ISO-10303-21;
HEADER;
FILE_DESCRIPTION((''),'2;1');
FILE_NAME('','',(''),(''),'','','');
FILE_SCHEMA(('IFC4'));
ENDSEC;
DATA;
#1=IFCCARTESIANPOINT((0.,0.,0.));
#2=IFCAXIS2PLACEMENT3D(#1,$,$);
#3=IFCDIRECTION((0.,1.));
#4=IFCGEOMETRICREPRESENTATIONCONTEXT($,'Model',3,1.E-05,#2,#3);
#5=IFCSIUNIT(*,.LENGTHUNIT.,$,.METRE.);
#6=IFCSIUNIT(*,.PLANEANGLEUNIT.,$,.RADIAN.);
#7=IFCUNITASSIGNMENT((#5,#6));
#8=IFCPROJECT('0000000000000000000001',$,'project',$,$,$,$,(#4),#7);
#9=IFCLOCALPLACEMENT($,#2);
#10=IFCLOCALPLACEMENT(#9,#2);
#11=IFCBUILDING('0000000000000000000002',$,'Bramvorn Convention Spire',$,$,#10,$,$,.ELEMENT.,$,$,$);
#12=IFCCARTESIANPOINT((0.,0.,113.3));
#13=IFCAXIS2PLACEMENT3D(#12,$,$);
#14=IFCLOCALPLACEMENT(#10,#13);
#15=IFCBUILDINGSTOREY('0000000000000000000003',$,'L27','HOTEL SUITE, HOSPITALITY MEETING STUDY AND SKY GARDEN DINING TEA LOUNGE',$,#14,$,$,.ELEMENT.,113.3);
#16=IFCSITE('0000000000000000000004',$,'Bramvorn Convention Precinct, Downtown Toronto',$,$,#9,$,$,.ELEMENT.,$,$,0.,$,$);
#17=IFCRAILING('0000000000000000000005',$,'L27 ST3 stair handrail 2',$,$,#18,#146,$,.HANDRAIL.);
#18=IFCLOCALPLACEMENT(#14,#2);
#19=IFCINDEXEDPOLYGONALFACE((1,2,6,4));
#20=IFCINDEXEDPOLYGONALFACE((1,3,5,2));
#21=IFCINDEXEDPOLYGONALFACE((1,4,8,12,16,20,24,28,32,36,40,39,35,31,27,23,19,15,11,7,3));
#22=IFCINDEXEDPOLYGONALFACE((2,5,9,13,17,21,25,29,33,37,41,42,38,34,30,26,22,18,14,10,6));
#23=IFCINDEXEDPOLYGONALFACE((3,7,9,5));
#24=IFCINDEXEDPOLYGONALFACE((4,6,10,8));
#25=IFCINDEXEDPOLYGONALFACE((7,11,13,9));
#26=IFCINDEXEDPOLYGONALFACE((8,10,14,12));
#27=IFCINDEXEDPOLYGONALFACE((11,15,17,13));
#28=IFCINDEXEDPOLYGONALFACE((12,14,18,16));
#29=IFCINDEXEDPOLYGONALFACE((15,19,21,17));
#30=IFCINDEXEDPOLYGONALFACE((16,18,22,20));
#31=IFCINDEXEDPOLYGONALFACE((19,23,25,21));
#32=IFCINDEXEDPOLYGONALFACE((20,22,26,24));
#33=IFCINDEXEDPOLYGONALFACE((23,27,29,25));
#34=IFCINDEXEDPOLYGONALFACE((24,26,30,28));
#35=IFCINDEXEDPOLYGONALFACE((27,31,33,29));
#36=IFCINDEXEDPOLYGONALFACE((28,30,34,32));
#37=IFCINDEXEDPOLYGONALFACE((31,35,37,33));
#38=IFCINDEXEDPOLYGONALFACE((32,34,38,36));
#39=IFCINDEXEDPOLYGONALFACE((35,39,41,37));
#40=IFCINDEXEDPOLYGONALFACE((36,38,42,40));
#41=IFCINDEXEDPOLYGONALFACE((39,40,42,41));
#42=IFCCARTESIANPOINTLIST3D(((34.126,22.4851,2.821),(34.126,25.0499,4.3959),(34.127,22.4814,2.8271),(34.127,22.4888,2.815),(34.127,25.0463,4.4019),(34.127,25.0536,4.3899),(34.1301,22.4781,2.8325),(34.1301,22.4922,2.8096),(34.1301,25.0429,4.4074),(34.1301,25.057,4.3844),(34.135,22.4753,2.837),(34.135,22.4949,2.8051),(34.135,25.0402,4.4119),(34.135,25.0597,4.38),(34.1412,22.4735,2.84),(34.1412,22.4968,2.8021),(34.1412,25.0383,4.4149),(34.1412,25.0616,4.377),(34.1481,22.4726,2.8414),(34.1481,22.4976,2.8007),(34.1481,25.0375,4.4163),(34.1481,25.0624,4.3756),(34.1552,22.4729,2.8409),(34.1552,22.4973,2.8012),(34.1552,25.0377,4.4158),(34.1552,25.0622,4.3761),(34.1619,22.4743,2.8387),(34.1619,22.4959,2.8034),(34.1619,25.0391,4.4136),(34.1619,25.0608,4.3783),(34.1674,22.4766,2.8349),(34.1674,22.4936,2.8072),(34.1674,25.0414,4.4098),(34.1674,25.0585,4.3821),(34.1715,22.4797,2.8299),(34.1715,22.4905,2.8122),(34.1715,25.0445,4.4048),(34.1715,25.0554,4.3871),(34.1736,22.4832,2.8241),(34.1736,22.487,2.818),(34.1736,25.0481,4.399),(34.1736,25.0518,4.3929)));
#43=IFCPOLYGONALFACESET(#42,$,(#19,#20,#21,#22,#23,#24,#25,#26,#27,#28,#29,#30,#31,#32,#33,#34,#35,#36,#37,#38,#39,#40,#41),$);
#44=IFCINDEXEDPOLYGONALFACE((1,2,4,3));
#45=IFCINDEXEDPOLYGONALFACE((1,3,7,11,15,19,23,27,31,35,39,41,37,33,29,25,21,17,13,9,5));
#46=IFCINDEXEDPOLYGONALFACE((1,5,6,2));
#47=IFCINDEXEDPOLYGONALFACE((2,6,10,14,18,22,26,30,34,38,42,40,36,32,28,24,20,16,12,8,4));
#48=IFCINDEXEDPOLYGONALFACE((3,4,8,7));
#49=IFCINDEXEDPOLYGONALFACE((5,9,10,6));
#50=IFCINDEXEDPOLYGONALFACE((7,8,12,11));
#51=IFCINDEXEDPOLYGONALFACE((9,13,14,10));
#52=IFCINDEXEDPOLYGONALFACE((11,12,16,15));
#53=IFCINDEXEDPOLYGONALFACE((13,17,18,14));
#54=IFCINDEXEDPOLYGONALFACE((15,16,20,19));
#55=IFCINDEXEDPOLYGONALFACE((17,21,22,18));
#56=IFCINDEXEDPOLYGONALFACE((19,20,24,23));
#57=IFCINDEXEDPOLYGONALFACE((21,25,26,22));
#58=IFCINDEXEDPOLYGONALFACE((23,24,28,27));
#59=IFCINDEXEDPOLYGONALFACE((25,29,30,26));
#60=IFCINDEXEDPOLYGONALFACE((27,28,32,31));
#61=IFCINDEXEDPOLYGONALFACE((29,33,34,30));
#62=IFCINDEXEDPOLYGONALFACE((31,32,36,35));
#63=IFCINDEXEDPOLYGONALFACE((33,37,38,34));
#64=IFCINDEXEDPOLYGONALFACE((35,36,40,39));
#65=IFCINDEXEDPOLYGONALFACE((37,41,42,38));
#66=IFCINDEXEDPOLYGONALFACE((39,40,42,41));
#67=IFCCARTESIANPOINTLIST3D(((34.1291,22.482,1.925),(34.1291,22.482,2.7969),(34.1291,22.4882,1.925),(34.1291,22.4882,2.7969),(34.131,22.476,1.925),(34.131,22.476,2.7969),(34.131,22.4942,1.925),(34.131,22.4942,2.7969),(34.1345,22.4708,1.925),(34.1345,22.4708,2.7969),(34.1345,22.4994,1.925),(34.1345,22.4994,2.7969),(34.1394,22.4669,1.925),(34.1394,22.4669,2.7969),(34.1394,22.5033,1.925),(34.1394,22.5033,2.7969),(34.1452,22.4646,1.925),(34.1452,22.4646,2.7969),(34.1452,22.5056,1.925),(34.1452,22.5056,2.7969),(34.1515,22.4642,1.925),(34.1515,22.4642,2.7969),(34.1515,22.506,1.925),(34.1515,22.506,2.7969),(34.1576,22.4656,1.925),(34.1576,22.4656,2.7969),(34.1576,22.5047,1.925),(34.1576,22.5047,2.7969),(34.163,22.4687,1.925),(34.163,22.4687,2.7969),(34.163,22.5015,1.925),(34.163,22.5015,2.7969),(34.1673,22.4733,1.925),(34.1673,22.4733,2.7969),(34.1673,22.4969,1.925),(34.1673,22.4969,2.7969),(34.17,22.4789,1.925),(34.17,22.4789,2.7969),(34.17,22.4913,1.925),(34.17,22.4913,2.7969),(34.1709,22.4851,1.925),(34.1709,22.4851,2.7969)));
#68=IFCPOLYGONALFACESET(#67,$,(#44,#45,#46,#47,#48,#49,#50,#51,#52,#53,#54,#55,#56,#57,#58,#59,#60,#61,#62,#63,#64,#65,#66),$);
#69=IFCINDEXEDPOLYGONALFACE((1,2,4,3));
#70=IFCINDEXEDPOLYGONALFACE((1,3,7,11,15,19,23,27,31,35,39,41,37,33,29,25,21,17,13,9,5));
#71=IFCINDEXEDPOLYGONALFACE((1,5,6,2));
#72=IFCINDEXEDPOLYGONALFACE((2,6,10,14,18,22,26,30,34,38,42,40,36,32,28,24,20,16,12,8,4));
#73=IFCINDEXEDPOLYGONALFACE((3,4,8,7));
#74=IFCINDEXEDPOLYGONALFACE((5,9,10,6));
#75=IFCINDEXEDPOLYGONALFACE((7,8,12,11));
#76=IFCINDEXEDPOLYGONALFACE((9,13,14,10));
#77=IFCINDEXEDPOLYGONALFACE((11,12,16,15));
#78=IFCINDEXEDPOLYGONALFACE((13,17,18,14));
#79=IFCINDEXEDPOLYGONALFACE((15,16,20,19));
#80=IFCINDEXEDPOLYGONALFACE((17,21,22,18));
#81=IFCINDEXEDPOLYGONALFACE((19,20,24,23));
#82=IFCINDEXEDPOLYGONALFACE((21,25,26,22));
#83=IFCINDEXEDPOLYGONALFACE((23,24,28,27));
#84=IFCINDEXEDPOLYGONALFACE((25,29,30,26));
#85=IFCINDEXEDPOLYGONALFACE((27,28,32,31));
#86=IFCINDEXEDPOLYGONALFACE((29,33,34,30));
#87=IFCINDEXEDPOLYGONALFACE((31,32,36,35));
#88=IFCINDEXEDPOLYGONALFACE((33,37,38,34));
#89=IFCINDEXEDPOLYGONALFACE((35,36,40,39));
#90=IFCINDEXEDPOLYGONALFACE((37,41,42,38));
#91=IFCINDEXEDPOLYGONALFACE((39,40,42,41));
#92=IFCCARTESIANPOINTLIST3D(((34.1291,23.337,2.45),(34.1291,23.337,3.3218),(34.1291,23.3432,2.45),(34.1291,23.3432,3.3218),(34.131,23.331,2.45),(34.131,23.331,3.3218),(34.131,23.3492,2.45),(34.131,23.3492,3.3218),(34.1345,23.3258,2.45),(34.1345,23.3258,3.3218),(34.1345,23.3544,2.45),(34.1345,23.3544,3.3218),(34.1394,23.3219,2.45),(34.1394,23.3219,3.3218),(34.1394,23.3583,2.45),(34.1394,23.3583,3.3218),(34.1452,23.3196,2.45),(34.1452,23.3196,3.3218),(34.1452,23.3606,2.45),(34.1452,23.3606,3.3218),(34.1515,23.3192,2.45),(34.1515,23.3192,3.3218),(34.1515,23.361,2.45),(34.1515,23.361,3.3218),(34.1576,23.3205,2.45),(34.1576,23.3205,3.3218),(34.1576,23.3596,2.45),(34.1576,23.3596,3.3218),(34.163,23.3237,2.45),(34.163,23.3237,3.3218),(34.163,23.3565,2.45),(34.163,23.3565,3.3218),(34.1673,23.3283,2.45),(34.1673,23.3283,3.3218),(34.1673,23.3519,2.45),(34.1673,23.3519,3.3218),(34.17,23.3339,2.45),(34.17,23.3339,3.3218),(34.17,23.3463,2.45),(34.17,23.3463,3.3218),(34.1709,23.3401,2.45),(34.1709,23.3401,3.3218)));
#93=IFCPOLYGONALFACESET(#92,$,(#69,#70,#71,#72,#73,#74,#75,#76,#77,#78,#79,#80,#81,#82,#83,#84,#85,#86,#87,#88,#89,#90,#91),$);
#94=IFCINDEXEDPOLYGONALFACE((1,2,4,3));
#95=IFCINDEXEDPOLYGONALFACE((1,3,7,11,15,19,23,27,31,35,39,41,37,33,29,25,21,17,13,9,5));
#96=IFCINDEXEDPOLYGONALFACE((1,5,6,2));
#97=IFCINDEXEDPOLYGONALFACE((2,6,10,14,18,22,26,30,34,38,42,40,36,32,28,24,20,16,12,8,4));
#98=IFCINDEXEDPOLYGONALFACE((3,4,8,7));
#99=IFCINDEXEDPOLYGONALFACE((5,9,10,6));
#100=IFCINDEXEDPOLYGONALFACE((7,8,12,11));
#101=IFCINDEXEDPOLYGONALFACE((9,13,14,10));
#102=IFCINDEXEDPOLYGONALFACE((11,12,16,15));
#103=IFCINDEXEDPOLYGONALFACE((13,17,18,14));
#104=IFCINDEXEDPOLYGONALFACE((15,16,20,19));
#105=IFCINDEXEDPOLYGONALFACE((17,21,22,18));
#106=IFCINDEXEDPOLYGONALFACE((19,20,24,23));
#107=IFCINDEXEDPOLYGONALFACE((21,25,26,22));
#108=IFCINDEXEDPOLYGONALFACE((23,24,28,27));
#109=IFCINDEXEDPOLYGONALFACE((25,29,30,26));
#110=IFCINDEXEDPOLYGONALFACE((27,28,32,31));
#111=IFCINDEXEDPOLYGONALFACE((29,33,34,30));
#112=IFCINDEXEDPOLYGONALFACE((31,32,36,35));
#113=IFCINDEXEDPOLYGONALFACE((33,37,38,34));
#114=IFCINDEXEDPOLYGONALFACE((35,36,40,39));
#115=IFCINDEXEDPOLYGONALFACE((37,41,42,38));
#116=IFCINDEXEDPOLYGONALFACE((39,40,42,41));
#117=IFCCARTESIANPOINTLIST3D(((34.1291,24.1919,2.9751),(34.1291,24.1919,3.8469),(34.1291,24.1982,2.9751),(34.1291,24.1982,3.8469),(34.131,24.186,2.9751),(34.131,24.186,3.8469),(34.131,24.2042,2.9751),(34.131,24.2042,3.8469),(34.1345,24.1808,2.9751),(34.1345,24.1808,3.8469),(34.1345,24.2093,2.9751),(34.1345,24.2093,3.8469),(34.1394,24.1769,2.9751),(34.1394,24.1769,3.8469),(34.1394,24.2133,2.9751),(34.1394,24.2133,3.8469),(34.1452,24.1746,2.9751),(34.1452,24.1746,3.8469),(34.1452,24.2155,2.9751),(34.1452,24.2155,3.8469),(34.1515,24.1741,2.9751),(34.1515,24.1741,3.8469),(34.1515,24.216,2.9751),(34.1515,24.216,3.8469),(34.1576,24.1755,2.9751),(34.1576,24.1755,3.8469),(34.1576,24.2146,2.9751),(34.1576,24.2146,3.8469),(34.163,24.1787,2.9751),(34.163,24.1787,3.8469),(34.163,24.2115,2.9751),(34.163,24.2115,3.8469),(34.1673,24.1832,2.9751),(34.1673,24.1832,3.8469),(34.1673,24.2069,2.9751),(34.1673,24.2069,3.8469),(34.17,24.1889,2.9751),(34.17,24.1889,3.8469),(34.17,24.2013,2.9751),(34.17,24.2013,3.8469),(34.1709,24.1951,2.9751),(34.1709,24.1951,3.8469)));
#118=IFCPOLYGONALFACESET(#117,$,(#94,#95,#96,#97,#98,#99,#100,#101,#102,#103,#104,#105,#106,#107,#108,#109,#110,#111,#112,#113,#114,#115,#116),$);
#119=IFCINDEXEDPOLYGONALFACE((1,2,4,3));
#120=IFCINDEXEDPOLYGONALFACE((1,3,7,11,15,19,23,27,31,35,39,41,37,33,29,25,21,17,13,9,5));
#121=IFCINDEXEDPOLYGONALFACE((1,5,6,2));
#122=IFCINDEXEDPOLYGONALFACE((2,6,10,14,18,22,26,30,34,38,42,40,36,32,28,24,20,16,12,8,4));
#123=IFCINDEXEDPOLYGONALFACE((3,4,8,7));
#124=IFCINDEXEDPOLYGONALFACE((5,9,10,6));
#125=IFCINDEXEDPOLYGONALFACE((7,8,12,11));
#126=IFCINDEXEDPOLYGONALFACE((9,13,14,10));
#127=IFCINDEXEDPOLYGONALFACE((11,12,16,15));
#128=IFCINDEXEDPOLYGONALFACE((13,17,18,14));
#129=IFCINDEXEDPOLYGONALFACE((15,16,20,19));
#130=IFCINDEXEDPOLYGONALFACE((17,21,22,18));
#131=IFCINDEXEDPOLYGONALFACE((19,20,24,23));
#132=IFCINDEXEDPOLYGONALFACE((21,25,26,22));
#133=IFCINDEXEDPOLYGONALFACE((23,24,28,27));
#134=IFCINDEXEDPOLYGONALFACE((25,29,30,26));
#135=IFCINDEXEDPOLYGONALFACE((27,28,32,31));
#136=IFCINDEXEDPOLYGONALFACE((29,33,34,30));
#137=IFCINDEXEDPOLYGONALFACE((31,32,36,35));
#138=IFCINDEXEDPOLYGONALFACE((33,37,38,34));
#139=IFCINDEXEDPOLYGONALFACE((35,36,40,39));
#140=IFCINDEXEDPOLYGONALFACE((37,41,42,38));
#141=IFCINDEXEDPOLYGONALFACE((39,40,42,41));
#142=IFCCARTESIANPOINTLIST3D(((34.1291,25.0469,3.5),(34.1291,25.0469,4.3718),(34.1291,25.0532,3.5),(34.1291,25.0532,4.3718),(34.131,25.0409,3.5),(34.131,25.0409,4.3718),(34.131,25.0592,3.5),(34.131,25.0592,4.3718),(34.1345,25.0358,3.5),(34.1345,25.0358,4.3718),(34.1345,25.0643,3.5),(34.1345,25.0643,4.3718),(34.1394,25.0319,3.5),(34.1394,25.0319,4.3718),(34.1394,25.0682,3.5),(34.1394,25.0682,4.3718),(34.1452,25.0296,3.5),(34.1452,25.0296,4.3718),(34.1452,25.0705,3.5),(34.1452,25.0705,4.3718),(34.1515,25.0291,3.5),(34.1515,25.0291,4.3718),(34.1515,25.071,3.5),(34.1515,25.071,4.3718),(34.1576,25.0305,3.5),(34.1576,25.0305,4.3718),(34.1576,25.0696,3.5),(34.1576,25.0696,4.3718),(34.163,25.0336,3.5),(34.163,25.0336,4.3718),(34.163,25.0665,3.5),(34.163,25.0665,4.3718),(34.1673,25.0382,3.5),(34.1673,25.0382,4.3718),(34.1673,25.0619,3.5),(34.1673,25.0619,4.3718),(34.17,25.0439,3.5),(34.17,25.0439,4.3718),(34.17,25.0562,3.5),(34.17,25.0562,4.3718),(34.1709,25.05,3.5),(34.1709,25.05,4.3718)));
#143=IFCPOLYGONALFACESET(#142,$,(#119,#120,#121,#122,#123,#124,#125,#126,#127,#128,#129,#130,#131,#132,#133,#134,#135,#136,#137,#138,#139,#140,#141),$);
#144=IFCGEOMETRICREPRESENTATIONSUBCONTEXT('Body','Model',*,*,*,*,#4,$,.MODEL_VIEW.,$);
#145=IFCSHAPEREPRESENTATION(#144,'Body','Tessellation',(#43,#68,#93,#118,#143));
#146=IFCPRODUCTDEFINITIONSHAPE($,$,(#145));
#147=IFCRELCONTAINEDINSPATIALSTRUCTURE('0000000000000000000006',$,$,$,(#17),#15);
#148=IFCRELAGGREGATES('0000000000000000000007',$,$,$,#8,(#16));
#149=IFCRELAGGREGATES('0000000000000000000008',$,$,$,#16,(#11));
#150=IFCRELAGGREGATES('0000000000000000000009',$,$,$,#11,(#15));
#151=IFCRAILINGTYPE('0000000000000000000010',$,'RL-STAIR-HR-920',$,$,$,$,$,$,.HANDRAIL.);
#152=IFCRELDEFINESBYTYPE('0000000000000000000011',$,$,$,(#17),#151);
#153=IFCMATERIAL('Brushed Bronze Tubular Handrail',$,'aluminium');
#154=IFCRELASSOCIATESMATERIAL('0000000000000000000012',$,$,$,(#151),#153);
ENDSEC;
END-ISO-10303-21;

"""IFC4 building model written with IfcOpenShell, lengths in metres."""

from ifc_helpers import new_model, si_unit, direction, frame, origin, origin_2d, place, context, subcontext, project, spatial, circle, extrude, material, type_object, element, save


model = new_model("IFC4")

# Units and contexts
model_context = context("Model", 3, precision=1e-05, world=origin(), true_north=direction((0.0, 1.0)))
body_context = subcontext(model_context, "Body", "Model", "MODEL_VIEW")
ifc_project = project(units=[si_unit("LENGTHUNIT", "METRE"), si_unit("PLANEANGLEUNIT", "RADIAN")], contexts=[model_context])

# Site, building, storey
site_placement = place(None, origin())
site = spatial("IfcSite", under=ifc_project, at=site_placement, Name="Bramvorn Convention Precinct, Downtown Toronto", CompositionType="ELEMENT", RefElevation=0.0)
building_placement = place(site_placement, origin())
building = spatial("IfcBuilding", under=site, at=building_placement, Name="Bramvorn Convention Spire", CompositionType="ELEMENT")
storey_placement = place(building_placement, frame((0.0, 0.0, 113.3)))
storey = spatial("IfcBuildingStorey", under=building, at=storey_placement, Name="L27", Description="HOTEL SUITE, HOSPITALITY MEETING STUDY AND SKY GARDEN DINING TEA LOUNGE", CompositionType="ELEMENT", Elevation=113.3)

# Railing
ifc_material_1 = material(Name="Brushed Bronze Tubular Handrail", Category="aluminium")
railing_type_1 = type_object("IfcRailingType", Name="RL-STAIR-HR-920", PredefinedType="HANDRAIL", material=ifc_material_1)
railing_1_placement = place(storey_placement, frame((34.1499, 22.4851, 1.925)))
element("IfcRailing", 1, at=railing_1_placement, inside=storey, type_object=railing_type_1, Name="L27 ST3 stair handrail 2", PredefinedType="HANDRAIL", context=body_context, shape_type="SweptSolid", body=[
    extrude(circle(Radius=0.0239, at=origin_2d()), frame((0.0, 0.0, 0.896), z_axis=(0.0, 0.852173, 0.52326), x_axis=(-1.0, 0.0, 0.0)), (0.0, 0.0, 1.0), 3.0098),
    extrude(circle(Radius=0.021, at=origin_2d()), origin(), (0.0, 0.0, 1.0), 0.8718),
    extrude(circle(Radius=0.021, at=origin_2d()), frame((0.0, 0.855, 0.5249)), (0.0, 0.0, 1.0), 0.8718),
    extrude(circle(Radius=0.021, at=origin_2d()), frame((0.0, 1.71, 1.05)), (0.0, 0.0, 1.0), 0.8718),
    extrude(circle(Radius=0.021, at=origin_2d()), frame((0.0, 2.5649, 1.575)), (0.0, 0.0, 1.0), 0.8718),
])

save(model, "model.ifc")
